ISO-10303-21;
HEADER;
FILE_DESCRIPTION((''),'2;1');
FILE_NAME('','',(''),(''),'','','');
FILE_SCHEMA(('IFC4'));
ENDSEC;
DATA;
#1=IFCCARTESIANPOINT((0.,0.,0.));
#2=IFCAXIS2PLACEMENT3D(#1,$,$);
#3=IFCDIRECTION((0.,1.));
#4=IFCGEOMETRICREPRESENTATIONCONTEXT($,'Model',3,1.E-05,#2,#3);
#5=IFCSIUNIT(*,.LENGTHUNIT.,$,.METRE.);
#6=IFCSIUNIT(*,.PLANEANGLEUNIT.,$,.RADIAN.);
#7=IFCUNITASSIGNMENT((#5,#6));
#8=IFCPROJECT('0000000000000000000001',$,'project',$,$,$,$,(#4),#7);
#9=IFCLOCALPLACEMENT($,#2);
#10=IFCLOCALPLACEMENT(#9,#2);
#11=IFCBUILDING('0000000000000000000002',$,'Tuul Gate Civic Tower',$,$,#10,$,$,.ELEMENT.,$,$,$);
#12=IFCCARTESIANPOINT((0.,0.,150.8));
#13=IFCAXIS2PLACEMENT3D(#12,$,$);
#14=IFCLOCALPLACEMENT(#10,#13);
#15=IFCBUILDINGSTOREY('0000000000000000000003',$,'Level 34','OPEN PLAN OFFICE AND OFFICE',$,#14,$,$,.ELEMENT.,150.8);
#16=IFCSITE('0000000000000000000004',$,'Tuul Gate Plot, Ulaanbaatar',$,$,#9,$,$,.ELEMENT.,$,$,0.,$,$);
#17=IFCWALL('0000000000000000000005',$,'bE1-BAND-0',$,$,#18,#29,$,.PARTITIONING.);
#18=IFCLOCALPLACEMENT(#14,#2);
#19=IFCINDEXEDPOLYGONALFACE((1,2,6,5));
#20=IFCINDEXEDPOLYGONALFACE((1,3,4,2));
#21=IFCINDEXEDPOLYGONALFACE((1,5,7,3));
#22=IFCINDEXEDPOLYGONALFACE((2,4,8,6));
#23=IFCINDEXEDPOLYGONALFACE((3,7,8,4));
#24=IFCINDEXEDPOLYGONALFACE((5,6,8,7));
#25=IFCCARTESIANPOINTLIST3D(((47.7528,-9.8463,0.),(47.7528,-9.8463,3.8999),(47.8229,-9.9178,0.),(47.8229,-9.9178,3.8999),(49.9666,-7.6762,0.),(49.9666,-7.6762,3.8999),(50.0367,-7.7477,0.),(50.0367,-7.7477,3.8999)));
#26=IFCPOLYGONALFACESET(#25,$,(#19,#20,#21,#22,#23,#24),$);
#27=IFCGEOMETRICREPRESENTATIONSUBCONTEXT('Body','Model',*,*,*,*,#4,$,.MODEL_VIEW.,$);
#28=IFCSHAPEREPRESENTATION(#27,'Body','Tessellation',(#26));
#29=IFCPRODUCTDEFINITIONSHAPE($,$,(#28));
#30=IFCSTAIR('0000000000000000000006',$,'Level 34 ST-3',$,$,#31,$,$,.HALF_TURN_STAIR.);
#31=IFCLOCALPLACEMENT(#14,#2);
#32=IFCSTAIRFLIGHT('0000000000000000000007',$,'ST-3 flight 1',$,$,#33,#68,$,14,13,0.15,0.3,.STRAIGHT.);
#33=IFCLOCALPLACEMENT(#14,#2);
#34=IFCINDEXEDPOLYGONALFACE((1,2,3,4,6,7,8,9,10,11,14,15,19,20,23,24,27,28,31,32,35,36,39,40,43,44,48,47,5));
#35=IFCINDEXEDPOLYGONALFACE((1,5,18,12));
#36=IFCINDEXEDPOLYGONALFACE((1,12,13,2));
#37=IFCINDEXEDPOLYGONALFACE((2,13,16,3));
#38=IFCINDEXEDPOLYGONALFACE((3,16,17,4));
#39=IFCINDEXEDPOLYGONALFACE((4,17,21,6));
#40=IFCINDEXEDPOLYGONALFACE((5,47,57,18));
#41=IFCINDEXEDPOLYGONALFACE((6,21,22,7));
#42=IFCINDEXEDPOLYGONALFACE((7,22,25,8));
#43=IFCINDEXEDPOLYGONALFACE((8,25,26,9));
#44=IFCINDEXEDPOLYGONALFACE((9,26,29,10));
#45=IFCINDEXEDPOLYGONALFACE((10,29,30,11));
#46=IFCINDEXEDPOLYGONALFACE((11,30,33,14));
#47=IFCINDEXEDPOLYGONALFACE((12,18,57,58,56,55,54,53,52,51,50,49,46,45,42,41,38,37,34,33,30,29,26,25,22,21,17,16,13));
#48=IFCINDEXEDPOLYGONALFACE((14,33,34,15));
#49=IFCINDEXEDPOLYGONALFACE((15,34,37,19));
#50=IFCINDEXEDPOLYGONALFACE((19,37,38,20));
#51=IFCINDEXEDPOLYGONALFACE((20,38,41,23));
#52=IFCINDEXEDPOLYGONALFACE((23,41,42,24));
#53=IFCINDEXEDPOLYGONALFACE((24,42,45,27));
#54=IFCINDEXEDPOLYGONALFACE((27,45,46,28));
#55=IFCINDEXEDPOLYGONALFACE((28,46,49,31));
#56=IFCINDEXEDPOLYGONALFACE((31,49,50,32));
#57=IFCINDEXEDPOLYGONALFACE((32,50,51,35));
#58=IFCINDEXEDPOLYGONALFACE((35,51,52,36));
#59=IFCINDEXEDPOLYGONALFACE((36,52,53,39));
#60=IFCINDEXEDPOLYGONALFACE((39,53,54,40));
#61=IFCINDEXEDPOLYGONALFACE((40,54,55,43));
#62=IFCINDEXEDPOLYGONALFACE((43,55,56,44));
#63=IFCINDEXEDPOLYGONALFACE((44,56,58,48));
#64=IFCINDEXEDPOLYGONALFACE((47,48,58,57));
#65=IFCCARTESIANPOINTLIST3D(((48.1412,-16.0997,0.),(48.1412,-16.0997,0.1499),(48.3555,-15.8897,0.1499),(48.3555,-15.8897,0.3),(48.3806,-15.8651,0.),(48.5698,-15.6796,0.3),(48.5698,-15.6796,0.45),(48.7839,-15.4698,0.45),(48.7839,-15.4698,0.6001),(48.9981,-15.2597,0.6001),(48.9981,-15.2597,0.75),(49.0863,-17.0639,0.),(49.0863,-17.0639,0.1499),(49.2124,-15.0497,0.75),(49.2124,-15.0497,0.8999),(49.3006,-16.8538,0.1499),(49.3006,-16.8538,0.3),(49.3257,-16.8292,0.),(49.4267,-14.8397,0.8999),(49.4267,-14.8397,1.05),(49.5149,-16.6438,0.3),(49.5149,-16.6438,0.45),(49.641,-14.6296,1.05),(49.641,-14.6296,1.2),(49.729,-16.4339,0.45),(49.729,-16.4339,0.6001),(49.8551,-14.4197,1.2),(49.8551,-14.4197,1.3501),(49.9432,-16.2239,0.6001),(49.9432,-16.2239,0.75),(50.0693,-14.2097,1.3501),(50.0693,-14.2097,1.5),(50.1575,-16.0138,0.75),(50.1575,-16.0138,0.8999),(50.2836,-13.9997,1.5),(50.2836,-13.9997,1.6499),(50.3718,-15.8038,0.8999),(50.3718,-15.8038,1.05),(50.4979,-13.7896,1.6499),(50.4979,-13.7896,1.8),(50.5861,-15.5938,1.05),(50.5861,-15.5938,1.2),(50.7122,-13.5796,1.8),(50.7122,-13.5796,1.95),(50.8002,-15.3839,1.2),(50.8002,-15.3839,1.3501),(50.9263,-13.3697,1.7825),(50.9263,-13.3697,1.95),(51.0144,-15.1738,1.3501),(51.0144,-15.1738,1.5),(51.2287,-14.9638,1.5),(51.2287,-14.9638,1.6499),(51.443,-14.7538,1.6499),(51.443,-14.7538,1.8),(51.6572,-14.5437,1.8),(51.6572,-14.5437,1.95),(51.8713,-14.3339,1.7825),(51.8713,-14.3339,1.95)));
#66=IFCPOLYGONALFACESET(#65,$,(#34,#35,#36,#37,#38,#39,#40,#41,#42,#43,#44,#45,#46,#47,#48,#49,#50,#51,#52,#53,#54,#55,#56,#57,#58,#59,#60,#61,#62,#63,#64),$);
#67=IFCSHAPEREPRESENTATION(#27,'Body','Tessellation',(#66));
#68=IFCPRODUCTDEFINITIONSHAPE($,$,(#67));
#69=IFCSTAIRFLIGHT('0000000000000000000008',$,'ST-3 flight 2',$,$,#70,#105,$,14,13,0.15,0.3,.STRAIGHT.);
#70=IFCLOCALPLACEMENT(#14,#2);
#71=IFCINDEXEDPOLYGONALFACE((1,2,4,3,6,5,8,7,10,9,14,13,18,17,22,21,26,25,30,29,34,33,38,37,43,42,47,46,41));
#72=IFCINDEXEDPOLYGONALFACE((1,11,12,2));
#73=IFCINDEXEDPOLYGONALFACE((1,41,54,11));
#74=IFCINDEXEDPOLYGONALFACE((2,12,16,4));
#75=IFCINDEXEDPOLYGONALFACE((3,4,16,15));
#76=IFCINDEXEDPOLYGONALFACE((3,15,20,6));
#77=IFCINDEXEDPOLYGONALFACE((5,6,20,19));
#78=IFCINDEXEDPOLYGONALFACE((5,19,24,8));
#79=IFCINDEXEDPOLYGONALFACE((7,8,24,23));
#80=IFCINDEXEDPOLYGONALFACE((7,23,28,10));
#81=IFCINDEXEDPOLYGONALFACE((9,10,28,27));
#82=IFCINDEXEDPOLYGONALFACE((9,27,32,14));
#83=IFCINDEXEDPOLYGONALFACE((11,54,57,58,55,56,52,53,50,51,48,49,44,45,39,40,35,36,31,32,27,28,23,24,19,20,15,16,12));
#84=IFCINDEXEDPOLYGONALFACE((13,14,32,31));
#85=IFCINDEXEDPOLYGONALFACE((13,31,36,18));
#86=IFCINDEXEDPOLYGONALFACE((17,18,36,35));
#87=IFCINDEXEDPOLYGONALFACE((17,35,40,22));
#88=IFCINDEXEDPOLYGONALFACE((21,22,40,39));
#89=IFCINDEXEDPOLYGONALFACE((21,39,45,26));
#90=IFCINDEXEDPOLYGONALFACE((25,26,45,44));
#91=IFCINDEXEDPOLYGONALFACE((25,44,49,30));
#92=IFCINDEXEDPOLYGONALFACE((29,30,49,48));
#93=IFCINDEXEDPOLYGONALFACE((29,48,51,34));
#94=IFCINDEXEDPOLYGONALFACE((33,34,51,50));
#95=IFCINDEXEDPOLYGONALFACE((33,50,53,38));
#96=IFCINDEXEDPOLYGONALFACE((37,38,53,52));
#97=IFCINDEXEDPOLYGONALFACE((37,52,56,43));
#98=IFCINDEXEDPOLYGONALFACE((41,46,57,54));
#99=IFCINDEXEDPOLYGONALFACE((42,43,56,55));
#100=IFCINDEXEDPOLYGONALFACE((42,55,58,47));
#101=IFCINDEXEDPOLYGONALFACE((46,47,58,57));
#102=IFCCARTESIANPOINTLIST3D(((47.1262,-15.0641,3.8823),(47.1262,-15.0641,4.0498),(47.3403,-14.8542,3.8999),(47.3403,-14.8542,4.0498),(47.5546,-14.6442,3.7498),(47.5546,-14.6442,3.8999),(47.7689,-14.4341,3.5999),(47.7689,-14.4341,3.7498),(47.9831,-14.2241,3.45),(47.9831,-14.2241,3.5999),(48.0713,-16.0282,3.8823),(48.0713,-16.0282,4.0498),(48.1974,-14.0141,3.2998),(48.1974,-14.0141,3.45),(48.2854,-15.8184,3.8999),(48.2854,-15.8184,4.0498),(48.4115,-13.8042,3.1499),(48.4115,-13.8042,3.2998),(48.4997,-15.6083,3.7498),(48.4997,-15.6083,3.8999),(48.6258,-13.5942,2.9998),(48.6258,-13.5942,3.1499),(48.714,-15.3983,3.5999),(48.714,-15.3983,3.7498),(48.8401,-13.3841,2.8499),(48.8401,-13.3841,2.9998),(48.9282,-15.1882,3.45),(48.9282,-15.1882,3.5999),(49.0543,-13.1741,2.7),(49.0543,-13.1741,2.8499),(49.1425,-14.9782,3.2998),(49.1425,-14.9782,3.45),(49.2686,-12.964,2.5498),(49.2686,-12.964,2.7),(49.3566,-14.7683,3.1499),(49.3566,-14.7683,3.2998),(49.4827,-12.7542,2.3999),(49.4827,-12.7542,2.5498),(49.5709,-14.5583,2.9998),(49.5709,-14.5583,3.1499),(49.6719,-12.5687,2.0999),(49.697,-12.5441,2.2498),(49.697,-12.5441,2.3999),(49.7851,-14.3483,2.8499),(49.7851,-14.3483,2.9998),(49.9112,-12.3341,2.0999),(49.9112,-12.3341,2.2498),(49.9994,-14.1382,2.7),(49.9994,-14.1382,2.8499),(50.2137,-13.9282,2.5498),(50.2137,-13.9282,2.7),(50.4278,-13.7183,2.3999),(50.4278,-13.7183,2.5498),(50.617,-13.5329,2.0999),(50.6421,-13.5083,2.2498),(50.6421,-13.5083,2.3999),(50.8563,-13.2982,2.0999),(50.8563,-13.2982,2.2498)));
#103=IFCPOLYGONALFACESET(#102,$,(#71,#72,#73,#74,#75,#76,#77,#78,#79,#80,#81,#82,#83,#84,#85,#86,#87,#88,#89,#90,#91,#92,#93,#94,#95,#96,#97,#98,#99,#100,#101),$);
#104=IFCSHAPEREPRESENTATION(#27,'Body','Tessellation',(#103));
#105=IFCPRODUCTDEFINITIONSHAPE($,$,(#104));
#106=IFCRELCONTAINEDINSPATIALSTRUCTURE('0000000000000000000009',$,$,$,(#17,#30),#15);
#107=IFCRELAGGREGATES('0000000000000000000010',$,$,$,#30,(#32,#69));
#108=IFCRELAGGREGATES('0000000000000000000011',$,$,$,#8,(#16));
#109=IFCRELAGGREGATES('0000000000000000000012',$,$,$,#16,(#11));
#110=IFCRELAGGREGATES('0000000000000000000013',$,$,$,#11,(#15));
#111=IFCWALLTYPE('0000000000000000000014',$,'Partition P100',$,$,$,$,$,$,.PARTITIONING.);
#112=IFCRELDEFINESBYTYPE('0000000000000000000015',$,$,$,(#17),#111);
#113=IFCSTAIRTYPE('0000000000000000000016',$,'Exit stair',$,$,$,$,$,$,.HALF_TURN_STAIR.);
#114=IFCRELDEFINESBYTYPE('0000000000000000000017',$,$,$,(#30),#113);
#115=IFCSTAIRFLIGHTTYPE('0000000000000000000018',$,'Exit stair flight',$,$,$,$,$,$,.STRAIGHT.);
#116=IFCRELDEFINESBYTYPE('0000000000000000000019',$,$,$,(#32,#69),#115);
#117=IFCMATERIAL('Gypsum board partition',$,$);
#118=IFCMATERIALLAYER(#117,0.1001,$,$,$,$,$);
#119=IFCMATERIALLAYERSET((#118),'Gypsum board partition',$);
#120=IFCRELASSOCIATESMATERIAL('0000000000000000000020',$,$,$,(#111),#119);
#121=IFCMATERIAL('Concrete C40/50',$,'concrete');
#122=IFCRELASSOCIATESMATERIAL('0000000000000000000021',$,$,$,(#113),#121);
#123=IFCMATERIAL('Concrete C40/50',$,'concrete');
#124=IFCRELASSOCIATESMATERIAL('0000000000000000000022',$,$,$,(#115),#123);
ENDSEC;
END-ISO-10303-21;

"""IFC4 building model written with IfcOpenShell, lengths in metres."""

from ifc_helpers import new_model, si_unit, direction, frame, frame_2d, origin, place, context, subcontext, project, spatial, polyline, rectangle, outline, extrude, material, layer, layer_set, type_object, element, aggregate, save


model = new_model("IFC4")

# Units and contexts
model_context = context("Model", 3, precision=1e-05, world=origin(), true_north=direction((0.0, 1.0)))
body_context = subcontext(model_context, "Body", "Model", "MODEL_VIEW")
ifc_project = project(units=[si_unit("LENGTHUNIT", "METRE"), si_unit("PLANEANGLEUNIT", "RADIAN")], contexts=[model_context])

# Site, building, storey
site_placement = place(None, origin())
site = spatial("IfcSite", under=ifc_project, at=site_placement, Name="Tuul Gate Plot, Ulaanbaatar", CompositionType="ELEMENT", RefElevation=0.0)
building_placement = place(site_placement, origin())
building = spatial("IfcBuilding", under=site, at=building_placement, Name="Tuul Gate Civic Tower", CompositionType="ELEMENT")
storey_placement = place(building_placement, frame((0.0, 0.0, 150.8)))
storey = spatial("IfcBuildingStorey", under=building, at=storey_placement, Name="Level 34", Description="OPEN PLAN OFFICE AND OFFICE", CompositionType="ELEMENT", Elevation=150.8)

# Wall
ifc_material_1 = material(Name="Gypsum board partition")
ifc_layer_1 = layer(ifc_material_1, 0.1001)
ifc_layer_set_1 = layer_set([ifc_layer_1], Name="Gypsum board partition")
wall_type_1 = type_object("IfcWallType", Name="Partition P100", PredefinedType="PARTITIONING", material=ifc_layer_set_1)
wall_1_placement = place(storey_placement, frame((47.7878, -9.8821, 0.0), z_axis=(0.0, 0.0, 1.0), x_axis=(0.71412, 0.700023, 0.0)))
element("IfcWall", 1, at=wall_1_placement, inside=storey, type_object=wall_type_1, Name="bE1-BAND-0", PredefinedType="PARTITIONING", context=body_context, shape_type="SweptSolid", body=[
    extrude(rectangle(XDim=3.1001, YDim=0.1001, at=frame_2d((1.55, 0.0))), origin(), (0.0, 0.0, 1.0), 3.8999),
])

# Stair, stair flights
ifc_material_2 = material(Name="Concrete C40/50", Category="concrete")
stair_type = type_object("IfcStairType", Name="Exit stair", PredefinedType="HALF_TURN_STAIR", material=ifc_material_2)
stair_placement = place(storey_placement, origin())
stair = element("IfcStair", 2, at=stair_placement, inside=storey, type_object=stair_type, Name="Level 34 ST-3", PredefinedType="HALF_TURN_STAIR")
ifc_material_3 = material(Name="Concrete C40/50", Category="concrete")
stair_flight_type = type_object("IfcStairFlightType", Name="Exit stair flight", PredefinedType="STRAIGHT", material=ifc_material_3)
stair_flight_1_placement = place(storey_placement, frame((48.6138, -16.5818, 0.0), z_axis=(0.0, 0.0, 1.0), x_axis=(0.714127, 0.700016, 0.0)))
stair_flight_1 = element("IfcStairFlight", 3, at=stair_flight_1_placement, type_object=stair_flight_type, Name="ST-3 flight 1", NumberOfRisers=14, NumberOfTreads=13, PredefinedType="STRAIGHT", RiserHeight=0.15, TreadLength=0.3, context=body_context, shape_type="SweptSolid", body=[
    extrude(outline(polyline([(0.0, 0.0), (0.0, 0.1499), (0.3, 0.1499), (0.3, 0.3), (0.6001, 0.3), (0.6001, 0.45), (0.8999, 0.45), (0.8999, 0.6001), (1.2, 0.6001), (1.2, 0.75), (1.5, 0.75), (1.5, 0.8999), (1.8, 0.8999), (1.8, 1.05), (2.1001, 1.05), (2.1001, 1.2), (2.3999, 1.2), (2.3999, 1.3501), (2.7, 1.3501), (2.7, 1.5), (3.0, 1.5), (3.0, 1.6499), (3.3, 1.6499), (3.3, 1.8), (3.6001, 1.8), (3.6001, 1.95), (3.8999, 1.95), (3.8999, 2.1001), (3.8999, 1.7825), (0.3352, 0.0), (0.0, 0.0)])), frame((0.0, 0.675, 0.0), z_axis=(0.0, -1.0, 0.0), x_axis=(1.0, 0.0, 0.0)), (0.0, 0.0, 1.0), 1.3501),
])
stair_flight_2_placement = place(storey_placement, frame((50.3838, -12.8162, 2.0999), z_axis=(0.0, 0.0, 1.0), x_axis=(-0.714127, -0.700016, 0.0)))
stair_flight_2 = element("IfcStairFlight", 4, at=stair_flight_2_placement, type_object=stair_flight_type, Name="ST-3 flight 2", NumberOfRisers=14, NumberOfTreads=13, PredefinedType="STRAIGHT", RiserHeight=0.15, TreadLength=0.3, context=body_context, shape_type="SweptSolid", body=[
    extrude(outline(polyline([(0.0, 0.0), (0.0, 0.1499), (0.3, 0.1499), (0.3, 0.3), (0.6001, 0.3), (0.6001, 0.45), (0.8999, 0.45), (0.8999, 0.6001), (1.2, 0.6001), (1.2, 0.75), (1.5, 0.75), (1.5, 0.8999), (1.8, 0.8999), (1.8, 1.05), (2.1001, 1.05), (2.1001, 1.2), (2.3999, 1.2), (2.3999, 1.3501), (2.7, 1.3501), (2.7, 1.5), (3.0, 1.5), (3.0, 1.6499), (3.3, 1.6499), (3.3, 1.8), (3.6001, 1.8), (3.6001, 1.95), (3.8999, 1.95), (3.8999, 2.1001), (3.8999, 1.7825), (0.3352, 0.0), (0.0, 0.0)])), frame((0.0, 0.675, 0.0), z_axis=(0.0, -1.0, 0.0), x_axis=(1.0, 0.0, 0.0)), (0.0, 0.0, 1.0), 1.3501),
])
aggregate(stair, [stair_flight_1, stair_flight_2])

save(model, "model.ifc")
